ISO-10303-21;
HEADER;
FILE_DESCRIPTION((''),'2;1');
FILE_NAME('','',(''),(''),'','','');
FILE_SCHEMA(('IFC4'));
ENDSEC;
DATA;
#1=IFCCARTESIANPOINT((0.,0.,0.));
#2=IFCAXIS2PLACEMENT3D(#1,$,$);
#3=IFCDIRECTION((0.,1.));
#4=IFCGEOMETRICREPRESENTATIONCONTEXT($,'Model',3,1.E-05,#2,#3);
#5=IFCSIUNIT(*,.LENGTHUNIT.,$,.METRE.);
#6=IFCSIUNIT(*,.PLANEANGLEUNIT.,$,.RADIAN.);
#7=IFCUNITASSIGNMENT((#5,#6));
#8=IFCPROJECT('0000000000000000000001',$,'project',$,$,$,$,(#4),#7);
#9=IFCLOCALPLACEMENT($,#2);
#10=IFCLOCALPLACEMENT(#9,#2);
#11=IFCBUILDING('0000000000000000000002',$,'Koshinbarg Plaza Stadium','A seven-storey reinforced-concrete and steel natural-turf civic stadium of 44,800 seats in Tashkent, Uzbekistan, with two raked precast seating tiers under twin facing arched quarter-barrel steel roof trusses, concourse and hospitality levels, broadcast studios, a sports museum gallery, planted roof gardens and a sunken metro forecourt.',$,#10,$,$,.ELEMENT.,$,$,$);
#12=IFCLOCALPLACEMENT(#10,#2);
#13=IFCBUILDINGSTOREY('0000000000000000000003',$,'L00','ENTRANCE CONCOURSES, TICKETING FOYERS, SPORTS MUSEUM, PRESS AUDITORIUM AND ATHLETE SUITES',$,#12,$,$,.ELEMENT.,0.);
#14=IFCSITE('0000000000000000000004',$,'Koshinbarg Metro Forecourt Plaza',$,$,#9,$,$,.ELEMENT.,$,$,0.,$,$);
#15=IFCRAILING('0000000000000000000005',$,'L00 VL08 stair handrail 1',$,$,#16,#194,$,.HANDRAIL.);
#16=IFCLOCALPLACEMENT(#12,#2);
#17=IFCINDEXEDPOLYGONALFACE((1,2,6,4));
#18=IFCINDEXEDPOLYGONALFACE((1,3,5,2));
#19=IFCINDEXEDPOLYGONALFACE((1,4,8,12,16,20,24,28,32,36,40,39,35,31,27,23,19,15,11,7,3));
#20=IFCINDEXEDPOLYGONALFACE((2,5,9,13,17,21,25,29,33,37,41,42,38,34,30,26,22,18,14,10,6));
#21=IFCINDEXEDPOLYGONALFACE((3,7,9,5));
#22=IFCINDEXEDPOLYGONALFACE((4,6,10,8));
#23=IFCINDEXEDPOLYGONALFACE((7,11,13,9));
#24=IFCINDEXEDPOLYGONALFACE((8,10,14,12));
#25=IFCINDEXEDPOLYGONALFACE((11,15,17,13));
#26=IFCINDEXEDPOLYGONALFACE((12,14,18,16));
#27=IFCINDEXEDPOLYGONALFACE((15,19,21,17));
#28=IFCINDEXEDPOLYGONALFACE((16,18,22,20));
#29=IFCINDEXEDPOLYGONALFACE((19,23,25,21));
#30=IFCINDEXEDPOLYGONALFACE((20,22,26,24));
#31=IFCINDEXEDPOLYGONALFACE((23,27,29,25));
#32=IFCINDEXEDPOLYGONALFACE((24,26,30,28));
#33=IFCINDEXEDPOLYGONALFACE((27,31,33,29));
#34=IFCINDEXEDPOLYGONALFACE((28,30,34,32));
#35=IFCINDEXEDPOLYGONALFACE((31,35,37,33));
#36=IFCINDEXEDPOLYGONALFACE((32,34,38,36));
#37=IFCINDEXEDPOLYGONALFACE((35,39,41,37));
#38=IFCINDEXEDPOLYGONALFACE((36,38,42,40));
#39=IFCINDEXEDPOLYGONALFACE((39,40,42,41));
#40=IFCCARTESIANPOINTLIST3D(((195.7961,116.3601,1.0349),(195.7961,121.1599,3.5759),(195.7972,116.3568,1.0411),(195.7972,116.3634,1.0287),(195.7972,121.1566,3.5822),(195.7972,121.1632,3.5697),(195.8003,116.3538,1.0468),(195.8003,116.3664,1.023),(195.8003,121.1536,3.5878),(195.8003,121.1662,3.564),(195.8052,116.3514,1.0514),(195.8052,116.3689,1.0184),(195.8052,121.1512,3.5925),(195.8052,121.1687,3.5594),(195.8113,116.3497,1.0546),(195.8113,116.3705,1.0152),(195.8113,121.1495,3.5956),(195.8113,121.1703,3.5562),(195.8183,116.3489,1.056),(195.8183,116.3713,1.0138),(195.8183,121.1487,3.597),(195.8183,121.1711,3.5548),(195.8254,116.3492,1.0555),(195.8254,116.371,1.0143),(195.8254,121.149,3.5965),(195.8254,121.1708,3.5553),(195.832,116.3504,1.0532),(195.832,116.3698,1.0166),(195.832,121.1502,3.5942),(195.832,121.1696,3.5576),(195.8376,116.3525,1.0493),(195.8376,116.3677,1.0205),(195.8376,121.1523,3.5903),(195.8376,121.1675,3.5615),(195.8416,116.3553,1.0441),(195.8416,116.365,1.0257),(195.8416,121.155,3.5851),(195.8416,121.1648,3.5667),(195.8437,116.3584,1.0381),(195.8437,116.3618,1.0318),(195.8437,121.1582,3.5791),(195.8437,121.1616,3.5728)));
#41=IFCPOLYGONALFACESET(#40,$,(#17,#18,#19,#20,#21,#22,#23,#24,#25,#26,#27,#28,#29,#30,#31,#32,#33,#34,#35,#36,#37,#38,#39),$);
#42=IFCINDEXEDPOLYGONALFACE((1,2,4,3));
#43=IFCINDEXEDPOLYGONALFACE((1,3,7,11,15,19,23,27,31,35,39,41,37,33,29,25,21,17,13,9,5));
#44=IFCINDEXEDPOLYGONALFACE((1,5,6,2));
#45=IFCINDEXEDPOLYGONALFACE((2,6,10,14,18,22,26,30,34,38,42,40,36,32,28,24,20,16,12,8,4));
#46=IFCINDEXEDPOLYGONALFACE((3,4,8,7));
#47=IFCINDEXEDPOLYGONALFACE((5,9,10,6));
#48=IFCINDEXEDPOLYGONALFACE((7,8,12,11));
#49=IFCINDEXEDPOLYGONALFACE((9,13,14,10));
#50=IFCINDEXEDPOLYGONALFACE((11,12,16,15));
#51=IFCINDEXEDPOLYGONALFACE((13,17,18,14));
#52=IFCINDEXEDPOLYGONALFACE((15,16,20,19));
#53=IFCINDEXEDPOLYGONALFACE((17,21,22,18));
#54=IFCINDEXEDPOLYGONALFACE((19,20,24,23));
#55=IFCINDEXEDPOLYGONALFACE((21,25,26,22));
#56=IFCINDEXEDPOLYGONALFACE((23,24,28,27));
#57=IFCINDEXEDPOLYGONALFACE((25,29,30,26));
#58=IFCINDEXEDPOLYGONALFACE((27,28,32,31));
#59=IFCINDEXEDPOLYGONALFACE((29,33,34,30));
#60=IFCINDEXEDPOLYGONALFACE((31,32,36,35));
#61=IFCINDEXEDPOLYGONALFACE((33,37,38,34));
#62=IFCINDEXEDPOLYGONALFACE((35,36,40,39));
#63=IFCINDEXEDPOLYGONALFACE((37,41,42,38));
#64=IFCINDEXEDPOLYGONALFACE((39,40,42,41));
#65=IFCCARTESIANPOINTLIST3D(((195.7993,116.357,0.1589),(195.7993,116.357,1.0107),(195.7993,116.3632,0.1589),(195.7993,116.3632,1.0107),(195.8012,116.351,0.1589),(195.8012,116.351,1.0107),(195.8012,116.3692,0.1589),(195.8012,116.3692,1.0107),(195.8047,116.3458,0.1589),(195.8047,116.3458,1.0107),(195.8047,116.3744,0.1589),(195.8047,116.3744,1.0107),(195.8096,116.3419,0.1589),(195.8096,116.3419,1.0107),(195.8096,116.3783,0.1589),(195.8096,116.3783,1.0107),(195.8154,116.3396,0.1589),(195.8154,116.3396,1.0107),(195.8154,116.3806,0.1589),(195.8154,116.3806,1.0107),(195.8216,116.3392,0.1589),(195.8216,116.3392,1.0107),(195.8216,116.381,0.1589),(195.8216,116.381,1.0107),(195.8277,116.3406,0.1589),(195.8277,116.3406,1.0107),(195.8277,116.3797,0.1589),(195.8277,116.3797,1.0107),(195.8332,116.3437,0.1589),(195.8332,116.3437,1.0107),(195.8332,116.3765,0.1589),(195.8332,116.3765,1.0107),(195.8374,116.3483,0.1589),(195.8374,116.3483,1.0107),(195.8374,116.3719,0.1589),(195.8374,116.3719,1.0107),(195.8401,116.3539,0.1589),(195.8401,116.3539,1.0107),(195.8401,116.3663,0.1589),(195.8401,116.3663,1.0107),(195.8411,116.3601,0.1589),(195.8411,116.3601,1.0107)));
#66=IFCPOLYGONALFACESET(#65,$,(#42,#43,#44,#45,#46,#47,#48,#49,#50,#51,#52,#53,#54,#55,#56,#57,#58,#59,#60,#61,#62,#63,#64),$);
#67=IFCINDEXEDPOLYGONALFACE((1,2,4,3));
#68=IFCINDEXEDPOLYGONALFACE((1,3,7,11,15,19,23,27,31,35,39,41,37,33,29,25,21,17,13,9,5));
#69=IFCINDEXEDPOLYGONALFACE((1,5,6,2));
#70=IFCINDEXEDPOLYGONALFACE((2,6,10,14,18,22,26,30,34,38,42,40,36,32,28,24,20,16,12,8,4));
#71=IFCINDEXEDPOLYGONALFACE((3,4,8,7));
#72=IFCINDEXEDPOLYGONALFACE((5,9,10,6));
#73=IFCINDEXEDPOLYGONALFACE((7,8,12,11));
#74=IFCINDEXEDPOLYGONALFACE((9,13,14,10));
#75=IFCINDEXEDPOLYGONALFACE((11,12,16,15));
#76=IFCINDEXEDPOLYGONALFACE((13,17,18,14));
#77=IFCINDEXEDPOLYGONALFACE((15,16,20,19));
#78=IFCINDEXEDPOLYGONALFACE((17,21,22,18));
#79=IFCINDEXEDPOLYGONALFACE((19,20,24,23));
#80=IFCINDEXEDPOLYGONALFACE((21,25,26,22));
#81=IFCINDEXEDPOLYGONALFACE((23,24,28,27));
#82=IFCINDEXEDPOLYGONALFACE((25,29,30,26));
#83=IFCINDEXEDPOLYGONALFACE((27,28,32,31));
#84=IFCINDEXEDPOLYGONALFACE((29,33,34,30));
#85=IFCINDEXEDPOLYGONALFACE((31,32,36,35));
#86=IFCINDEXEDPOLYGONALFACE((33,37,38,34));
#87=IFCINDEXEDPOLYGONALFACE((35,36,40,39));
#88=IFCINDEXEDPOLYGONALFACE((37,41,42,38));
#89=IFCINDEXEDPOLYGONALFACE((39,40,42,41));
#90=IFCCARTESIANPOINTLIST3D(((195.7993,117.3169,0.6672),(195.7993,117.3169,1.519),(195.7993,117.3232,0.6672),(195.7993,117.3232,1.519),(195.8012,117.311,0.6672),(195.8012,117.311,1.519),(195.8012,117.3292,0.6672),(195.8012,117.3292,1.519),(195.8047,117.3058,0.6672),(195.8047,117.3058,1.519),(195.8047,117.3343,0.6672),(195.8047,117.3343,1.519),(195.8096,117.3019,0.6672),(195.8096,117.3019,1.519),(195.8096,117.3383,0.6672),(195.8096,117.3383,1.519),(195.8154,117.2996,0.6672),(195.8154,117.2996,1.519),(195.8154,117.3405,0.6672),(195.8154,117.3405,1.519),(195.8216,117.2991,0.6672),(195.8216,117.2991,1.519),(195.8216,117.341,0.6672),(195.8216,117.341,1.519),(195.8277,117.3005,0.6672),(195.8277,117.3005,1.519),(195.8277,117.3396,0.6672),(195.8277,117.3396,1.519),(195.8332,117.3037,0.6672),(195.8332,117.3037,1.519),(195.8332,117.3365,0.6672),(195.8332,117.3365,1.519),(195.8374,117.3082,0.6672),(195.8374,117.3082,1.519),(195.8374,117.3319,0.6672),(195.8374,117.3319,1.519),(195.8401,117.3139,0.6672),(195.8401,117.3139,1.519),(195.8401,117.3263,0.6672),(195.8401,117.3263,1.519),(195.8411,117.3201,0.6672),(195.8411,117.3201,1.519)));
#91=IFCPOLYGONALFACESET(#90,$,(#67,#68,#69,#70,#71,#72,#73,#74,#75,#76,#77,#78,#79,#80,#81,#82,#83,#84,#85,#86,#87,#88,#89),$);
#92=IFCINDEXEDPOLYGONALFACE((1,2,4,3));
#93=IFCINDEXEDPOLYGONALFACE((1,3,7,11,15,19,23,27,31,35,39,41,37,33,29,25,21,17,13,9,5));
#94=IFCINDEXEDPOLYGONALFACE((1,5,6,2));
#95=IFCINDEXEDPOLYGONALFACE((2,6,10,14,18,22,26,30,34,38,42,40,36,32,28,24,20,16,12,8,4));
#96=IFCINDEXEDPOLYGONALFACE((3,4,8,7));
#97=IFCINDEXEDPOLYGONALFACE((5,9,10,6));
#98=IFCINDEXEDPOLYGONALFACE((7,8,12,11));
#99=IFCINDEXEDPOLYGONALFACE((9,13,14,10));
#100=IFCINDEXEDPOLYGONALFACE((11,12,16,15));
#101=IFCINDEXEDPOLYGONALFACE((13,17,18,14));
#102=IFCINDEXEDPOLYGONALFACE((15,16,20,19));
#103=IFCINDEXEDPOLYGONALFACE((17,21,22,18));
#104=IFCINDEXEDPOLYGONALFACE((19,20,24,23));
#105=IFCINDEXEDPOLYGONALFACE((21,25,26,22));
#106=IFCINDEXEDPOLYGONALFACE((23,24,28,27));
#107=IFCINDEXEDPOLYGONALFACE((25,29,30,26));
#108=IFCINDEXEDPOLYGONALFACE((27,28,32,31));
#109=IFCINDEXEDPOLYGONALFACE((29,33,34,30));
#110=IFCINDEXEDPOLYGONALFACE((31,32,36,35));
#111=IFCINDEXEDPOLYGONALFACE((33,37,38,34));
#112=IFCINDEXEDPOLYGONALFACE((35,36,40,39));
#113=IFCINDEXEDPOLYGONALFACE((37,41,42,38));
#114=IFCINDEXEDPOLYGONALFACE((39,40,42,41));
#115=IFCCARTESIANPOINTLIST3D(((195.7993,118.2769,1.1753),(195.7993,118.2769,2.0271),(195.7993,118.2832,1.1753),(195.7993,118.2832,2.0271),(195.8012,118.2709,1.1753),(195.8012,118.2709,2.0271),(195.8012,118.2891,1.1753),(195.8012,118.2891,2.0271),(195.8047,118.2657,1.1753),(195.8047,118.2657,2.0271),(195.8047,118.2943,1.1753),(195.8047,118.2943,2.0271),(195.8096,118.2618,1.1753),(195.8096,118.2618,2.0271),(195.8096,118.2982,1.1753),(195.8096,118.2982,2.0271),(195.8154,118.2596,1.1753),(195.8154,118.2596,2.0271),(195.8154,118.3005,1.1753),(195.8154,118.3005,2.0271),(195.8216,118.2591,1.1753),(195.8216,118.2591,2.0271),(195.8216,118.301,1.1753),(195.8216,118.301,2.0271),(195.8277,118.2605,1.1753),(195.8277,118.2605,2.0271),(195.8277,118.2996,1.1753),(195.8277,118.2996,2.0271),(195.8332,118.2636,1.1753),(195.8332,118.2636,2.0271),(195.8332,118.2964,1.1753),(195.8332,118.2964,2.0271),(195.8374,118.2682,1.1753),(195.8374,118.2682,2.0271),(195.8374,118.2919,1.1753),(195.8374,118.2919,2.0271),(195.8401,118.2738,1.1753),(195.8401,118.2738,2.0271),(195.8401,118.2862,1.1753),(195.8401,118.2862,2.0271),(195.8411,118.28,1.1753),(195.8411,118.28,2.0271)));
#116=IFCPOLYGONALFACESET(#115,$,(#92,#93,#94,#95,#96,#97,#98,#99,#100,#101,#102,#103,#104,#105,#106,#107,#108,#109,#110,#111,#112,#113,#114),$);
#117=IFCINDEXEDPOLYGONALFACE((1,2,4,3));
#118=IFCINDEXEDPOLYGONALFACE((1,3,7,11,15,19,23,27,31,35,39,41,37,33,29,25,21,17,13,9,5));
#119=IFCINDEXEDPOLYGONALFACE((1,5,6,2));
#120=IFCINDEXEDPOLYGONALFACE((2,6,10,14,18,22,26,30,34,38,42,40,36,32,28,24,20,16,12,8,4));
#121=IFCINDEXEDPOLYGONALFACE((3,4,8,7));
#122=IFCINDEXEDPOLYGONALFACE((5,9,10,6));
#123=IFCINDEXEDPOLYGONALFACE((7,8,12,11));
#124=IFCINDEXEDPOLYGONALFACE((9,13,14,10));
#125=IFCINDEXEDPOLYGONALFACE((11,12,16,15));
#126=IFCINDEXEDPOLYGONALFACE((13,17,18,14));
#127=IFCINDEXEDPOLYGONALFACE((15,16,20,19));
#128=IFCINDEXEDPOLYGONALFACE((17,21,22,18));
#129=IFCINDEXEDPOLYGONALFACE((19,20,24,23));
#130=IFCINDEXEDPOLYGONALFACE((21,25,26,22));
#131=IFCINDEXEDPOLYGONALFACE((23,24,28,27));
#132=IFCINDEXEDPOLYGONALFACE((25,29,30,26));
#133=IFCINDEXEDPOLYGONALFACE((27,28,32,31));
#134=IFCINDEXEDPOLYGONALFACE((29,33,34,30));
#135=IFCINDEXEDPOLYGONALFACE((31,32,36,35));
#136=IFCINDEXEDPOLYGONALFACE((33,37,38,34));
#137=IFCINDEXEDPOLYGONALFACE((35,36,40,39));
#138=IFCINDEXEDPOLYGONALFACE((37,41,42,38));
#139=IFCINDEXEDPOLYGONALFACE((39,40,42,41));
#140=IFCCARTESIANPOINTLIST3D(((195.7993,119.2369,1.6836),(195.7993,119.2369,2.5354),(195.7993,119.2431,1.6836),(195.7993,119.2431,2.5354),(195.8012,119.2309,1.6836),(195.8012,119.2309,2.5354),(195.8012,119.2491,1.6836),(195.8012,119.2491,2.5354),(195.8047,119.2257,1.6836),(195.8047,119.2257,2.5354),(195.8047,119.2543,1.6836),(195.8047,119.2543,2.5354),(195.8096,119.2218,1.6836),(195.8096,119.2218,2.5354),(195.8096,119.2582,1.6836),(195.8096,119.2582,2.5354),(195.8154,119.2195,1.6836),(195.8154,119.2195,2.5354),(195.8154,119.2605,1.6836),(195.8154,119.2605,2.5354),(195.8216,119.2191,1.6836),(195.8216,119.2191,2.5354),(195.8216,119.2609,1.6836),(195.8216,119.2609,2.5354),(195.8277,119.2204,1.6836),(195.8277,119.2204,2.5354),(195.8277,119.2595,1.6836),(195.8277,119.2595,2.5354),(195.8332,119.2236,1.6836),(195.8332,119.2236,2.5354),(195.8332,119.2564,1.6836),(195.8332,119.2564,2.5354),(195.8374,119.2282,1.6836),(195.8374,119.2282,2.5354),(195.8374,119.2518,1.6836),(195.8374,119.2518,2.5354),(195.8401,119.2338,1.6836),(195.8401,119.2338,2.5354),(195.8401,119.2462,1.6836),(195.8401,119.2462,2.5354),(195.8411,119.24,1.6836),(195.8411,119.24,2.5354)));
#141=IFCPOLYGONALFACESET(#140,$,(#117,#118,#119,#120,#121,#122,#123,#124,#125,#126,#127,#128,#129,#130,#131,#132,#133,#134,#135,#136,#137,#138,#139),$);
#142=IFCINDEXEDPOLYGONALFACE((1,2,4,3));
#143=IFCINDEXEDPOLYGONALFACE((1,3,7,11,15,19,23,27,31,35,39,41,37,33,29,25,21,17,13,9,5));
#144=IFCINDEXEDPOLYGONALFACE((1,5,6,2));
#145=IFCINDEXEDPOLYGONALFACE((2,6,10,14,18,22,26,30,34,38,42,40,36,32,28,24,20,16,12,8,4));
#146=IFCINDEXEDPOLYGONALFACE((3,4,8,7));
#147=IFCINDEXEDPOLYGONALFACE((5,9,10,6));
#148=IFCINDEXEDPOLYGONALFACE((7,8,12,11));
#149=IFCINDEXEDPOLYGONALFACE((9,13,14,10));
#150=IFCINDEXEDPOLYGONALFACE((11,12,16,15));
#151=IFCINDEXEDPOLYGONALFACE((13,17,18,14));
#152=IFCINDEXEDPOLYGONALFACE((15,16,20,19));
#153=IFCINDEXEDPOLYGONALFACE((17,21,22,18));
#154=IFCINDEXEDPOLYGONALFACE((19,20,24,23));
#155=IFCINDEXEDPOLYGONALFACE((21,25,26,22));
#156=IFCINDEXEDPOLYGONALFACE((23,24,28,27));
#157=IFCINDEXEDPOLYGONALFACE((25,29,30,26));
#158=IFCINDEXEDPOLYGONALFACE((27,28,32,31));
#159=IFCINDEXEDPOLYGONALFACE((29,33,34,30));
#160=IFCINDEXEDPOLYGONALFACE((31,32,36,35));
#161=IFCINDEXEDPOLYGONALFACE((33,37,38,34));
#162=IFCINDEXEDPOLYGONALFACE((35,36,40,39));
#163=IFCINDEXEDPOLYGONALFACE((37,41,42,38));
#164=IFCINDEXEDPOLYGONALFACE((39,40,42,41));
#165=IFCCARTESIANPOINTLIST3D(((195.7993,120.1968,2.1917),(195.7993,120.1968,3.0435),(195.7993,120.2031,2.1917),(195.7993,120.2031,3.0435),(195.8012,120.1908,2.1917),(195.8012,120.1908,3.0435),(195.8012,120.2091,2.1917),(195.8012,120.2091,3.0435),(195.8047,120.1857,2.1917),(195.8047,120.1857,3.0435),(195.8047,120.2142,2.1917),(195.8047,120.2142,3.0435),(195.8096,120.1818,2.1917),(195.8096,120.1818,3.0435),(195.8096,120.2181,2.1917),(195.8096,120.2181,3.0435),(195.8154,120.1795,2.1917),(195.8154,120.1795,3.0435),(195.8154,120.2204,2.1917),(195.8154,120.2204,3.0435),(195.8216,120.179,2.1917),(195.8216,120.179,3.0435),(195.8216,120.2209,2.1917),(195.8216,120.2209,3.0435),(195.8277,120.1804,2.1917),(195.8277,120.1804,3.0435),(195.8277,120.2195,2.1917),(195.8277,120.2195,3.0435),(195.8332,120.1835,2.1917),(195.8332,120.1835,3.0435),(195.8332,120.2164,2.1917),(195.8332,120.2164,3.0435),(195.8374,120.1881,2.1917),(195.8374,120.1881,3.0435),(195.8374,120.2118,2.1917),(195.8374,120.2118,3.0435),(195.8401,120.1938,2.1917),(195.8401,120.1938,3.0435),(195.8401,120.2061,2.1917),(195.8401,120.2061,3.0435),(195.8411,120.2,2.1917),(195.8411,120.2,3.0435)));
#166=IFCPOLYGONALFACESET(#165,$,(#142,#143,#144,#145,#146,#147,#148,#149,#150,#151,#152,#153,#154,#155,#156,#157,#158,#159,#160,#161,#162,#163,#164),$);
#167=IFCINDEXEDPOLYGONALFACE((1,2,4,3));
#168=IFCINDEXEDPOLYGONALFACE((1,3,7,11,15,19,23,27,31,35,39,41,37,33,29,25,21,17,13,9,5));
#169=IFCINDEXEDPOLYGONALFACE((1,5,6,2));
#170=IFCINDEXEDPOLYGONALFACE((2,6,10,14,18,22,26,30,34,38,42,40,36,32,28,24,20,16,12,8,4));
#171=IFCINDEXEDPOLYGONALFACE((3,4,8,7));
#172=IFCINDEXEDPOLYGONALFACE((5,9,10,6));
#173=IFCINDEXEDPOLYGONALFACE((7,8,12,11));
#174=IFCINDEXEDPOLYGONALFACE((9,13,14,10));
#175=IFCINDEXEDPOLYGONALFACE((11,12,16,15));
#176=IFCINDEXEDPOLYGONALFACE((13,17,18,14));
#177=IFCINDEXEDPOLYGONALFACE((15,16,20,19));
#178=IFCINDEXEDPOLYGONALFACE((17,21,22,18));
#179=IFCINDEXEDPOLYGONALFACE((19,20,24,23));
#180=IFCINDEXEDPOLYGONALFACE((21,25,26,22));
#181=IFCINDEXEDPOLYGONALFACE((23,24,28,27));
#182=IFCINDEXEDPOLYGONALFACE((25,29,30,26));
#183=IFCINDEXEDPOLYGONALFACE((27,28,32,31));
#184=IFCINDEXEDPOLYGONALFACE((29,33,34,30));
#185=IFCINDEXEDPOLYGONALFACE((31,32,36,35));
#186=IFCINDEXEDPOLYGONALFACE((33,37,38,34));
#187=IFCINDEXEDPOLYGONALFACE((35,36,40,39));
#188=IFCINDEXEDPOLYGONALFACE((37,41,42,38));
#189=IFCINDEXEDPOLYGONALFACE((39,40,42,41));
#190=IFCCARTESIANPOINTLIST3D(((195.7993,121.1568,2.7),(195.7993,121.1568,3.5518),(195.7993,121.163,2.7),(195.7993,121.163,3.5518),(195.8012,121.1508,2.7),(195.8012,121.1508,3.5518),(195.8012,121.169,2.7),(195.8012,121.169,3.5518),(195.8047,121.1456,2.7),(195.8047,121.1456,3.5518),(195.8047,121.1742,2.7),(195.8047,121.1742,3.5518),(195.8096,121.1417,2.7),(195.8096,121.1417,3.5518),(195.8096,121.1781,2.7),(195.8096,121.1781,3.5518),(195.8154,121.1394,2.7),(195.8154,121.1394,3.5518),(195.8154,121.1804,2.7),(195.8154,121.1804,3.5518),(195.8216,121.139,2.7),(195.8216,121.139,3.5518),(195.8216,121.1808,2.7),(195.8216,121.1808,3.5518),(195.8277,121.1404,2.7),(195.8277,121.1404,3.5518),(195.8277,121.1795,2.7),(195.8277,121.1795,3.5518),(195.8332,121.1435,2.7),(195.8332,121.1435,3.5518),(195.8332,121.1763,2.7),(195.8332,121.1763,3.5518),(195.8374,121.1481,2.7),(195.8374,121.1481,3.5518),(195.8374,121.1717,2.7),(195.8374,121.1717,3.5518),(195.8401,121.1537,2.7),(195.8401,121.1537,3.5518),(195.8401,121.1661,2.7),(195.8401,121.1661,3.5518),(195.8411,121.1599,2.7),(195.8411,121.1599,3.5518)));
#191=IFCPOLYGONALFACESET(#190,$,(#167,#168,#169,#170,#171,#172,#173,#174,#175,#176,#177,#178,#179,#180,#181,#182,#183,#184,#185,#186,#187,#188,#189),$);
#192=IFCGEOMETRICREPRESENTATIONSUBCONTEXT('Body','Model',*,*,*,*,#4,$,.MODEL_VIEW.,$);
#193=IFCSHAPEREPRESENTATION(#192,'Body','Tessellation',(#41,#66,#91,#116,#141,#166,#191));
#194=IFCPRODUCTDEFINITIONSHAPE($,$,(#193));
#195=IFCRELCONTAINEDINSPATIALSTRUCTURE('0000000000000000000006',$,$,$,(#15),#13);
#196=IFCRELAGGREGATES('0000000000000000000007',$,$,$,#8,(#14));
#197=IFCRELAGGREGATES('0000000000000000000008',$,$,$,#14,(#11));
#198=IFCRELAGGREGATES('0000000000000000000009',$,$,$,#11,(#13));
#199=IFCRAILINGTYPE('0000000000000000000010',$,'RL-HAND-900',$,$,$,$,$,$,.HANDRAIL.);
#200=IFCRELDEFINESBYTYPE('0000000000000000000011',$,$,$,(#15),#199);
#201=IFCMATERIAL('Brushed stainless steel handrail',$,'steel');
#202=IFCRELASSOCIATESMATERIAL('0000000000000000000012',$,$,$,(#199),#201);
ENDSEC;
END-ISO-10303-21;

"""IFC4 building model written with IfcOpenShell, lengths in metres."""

from ifc_helpers import new_model, si_unit, direction, frame, origin, origin_2d, place, context, subcontext, project, spatial, circle, extrude, material, type_object, element, save


model = new_model("IFC4")

# Units and contexts
model_context = context("Model", 3, precision=1e-05, world=origin(), true_north=direction((0.0, 1.0)))
body_context = subcontext(model_context, "Body", "Model", "MODEL_VIEW")
ifc_project = project(units=[si_unit("LENGTHUNIT", "METRE"), si_unit("PLANEANGLEUNIT", "RADIAN")], contexts=[model_context])

# Site, building, storey
site_placement = place(None, origin())
site = spatial("IfcSite", under=ifc_project, at=site_placement, Name="Koshinbarg Metro Forecourt Plaza", CompositionType="ELEMENT", RefElevation=0.0)
building_placement = place(site_placement, origin())
building = spatial("IfcBuilding", under=site, at=building_placement, Name="Koshinbarg Plaza Stadium", Description="A seven-storey reinforced-concrete and steel natural-turf civic stadium of 44,800 seats in Tashkent, Uzbekistan, with two raked precast seating tiers under twin facing arched quarter-barrel steel roof trusses, concourse and hospitality levels, broadcast studios, a sports museum gallery, planted roof gardens and a sunken metro forecourt.", CompositionType="ELEMENT")
storey_placement = place(building_placement, origin())
storey = spatial("IfcBuildingStorey", under=building, at=storey_placement, Name="L00", Description="ENTRANCE CONCOURSES, TICKETING FOYERS, SPORTS MUSEUM, PRESS AUDITORIUM AND ATHLETE SUITES", CompositionType="ELEMENT", Elevation=0.0)

# Railing
ifc_material_1 = material(Name="Brushed stainless steel handrail", Category="steel")
railing_type_1 = type_object("IfcRailingType", Name="RL-HAND-900", PredefinedType="HANDRAIL", material=ifc_material_1)
railing_1_placement = place(storey_placement, frame((195.8201, 116.3601, 0.1589)))
element("IfcRailing", 1, at=railing_1_placement, inside=storey, type_object=railing_type_1, Name="L00 VL08 stair handrail 1", PredefinedType="HANDRAIL", context=body_context, shape_type="SweptSolid", body=[
    extrude(circle(Radius=0.0239, at=origin_2d()), frame((0.0, 0.0, 0.876), z_axis=(0.0, 0.883792, 0.467879), x_axis=(-1.0, 0.0, 0.0)), (0.0, 0.0, 1.0), 5.4309),
    extrude(circle(Radius=0.021, at=origin_2d()), origin(), (0.0, 0.0, 1.0), 0.8518),
    extrude(circle(Radius=0.021, at=origin_2d()), frame((0.0, 0.96, 0.5083)), (0.0, 0.0, 1.0), 0.8518),
    extrude(circle(Radius=0.021, at=origin_2d()), frame((0.0, 1.9199, 1.0164)), (0.0, 0.0, 1.0), 0.8518),
    extrude(circle(Radius=0.021, at=origin_2d()), frame((0.0, 2.8799, 1.5247)), (0.0, 0.0, 1.0), 0.8518),
    extrude(circle(Radius=0.021, at=origin_2d()), frame((0.0, 3.8398, 2.0327)), (0.0, 0.0, 1.0), 0.8518),
    extrude(circle(Radius=0.021, at=origin_2d()), frame((0.0, 4.7998, 2.541)), (0.0, 0.0, 1.0), 0.8518),
])

save(model, "model.ifc")
